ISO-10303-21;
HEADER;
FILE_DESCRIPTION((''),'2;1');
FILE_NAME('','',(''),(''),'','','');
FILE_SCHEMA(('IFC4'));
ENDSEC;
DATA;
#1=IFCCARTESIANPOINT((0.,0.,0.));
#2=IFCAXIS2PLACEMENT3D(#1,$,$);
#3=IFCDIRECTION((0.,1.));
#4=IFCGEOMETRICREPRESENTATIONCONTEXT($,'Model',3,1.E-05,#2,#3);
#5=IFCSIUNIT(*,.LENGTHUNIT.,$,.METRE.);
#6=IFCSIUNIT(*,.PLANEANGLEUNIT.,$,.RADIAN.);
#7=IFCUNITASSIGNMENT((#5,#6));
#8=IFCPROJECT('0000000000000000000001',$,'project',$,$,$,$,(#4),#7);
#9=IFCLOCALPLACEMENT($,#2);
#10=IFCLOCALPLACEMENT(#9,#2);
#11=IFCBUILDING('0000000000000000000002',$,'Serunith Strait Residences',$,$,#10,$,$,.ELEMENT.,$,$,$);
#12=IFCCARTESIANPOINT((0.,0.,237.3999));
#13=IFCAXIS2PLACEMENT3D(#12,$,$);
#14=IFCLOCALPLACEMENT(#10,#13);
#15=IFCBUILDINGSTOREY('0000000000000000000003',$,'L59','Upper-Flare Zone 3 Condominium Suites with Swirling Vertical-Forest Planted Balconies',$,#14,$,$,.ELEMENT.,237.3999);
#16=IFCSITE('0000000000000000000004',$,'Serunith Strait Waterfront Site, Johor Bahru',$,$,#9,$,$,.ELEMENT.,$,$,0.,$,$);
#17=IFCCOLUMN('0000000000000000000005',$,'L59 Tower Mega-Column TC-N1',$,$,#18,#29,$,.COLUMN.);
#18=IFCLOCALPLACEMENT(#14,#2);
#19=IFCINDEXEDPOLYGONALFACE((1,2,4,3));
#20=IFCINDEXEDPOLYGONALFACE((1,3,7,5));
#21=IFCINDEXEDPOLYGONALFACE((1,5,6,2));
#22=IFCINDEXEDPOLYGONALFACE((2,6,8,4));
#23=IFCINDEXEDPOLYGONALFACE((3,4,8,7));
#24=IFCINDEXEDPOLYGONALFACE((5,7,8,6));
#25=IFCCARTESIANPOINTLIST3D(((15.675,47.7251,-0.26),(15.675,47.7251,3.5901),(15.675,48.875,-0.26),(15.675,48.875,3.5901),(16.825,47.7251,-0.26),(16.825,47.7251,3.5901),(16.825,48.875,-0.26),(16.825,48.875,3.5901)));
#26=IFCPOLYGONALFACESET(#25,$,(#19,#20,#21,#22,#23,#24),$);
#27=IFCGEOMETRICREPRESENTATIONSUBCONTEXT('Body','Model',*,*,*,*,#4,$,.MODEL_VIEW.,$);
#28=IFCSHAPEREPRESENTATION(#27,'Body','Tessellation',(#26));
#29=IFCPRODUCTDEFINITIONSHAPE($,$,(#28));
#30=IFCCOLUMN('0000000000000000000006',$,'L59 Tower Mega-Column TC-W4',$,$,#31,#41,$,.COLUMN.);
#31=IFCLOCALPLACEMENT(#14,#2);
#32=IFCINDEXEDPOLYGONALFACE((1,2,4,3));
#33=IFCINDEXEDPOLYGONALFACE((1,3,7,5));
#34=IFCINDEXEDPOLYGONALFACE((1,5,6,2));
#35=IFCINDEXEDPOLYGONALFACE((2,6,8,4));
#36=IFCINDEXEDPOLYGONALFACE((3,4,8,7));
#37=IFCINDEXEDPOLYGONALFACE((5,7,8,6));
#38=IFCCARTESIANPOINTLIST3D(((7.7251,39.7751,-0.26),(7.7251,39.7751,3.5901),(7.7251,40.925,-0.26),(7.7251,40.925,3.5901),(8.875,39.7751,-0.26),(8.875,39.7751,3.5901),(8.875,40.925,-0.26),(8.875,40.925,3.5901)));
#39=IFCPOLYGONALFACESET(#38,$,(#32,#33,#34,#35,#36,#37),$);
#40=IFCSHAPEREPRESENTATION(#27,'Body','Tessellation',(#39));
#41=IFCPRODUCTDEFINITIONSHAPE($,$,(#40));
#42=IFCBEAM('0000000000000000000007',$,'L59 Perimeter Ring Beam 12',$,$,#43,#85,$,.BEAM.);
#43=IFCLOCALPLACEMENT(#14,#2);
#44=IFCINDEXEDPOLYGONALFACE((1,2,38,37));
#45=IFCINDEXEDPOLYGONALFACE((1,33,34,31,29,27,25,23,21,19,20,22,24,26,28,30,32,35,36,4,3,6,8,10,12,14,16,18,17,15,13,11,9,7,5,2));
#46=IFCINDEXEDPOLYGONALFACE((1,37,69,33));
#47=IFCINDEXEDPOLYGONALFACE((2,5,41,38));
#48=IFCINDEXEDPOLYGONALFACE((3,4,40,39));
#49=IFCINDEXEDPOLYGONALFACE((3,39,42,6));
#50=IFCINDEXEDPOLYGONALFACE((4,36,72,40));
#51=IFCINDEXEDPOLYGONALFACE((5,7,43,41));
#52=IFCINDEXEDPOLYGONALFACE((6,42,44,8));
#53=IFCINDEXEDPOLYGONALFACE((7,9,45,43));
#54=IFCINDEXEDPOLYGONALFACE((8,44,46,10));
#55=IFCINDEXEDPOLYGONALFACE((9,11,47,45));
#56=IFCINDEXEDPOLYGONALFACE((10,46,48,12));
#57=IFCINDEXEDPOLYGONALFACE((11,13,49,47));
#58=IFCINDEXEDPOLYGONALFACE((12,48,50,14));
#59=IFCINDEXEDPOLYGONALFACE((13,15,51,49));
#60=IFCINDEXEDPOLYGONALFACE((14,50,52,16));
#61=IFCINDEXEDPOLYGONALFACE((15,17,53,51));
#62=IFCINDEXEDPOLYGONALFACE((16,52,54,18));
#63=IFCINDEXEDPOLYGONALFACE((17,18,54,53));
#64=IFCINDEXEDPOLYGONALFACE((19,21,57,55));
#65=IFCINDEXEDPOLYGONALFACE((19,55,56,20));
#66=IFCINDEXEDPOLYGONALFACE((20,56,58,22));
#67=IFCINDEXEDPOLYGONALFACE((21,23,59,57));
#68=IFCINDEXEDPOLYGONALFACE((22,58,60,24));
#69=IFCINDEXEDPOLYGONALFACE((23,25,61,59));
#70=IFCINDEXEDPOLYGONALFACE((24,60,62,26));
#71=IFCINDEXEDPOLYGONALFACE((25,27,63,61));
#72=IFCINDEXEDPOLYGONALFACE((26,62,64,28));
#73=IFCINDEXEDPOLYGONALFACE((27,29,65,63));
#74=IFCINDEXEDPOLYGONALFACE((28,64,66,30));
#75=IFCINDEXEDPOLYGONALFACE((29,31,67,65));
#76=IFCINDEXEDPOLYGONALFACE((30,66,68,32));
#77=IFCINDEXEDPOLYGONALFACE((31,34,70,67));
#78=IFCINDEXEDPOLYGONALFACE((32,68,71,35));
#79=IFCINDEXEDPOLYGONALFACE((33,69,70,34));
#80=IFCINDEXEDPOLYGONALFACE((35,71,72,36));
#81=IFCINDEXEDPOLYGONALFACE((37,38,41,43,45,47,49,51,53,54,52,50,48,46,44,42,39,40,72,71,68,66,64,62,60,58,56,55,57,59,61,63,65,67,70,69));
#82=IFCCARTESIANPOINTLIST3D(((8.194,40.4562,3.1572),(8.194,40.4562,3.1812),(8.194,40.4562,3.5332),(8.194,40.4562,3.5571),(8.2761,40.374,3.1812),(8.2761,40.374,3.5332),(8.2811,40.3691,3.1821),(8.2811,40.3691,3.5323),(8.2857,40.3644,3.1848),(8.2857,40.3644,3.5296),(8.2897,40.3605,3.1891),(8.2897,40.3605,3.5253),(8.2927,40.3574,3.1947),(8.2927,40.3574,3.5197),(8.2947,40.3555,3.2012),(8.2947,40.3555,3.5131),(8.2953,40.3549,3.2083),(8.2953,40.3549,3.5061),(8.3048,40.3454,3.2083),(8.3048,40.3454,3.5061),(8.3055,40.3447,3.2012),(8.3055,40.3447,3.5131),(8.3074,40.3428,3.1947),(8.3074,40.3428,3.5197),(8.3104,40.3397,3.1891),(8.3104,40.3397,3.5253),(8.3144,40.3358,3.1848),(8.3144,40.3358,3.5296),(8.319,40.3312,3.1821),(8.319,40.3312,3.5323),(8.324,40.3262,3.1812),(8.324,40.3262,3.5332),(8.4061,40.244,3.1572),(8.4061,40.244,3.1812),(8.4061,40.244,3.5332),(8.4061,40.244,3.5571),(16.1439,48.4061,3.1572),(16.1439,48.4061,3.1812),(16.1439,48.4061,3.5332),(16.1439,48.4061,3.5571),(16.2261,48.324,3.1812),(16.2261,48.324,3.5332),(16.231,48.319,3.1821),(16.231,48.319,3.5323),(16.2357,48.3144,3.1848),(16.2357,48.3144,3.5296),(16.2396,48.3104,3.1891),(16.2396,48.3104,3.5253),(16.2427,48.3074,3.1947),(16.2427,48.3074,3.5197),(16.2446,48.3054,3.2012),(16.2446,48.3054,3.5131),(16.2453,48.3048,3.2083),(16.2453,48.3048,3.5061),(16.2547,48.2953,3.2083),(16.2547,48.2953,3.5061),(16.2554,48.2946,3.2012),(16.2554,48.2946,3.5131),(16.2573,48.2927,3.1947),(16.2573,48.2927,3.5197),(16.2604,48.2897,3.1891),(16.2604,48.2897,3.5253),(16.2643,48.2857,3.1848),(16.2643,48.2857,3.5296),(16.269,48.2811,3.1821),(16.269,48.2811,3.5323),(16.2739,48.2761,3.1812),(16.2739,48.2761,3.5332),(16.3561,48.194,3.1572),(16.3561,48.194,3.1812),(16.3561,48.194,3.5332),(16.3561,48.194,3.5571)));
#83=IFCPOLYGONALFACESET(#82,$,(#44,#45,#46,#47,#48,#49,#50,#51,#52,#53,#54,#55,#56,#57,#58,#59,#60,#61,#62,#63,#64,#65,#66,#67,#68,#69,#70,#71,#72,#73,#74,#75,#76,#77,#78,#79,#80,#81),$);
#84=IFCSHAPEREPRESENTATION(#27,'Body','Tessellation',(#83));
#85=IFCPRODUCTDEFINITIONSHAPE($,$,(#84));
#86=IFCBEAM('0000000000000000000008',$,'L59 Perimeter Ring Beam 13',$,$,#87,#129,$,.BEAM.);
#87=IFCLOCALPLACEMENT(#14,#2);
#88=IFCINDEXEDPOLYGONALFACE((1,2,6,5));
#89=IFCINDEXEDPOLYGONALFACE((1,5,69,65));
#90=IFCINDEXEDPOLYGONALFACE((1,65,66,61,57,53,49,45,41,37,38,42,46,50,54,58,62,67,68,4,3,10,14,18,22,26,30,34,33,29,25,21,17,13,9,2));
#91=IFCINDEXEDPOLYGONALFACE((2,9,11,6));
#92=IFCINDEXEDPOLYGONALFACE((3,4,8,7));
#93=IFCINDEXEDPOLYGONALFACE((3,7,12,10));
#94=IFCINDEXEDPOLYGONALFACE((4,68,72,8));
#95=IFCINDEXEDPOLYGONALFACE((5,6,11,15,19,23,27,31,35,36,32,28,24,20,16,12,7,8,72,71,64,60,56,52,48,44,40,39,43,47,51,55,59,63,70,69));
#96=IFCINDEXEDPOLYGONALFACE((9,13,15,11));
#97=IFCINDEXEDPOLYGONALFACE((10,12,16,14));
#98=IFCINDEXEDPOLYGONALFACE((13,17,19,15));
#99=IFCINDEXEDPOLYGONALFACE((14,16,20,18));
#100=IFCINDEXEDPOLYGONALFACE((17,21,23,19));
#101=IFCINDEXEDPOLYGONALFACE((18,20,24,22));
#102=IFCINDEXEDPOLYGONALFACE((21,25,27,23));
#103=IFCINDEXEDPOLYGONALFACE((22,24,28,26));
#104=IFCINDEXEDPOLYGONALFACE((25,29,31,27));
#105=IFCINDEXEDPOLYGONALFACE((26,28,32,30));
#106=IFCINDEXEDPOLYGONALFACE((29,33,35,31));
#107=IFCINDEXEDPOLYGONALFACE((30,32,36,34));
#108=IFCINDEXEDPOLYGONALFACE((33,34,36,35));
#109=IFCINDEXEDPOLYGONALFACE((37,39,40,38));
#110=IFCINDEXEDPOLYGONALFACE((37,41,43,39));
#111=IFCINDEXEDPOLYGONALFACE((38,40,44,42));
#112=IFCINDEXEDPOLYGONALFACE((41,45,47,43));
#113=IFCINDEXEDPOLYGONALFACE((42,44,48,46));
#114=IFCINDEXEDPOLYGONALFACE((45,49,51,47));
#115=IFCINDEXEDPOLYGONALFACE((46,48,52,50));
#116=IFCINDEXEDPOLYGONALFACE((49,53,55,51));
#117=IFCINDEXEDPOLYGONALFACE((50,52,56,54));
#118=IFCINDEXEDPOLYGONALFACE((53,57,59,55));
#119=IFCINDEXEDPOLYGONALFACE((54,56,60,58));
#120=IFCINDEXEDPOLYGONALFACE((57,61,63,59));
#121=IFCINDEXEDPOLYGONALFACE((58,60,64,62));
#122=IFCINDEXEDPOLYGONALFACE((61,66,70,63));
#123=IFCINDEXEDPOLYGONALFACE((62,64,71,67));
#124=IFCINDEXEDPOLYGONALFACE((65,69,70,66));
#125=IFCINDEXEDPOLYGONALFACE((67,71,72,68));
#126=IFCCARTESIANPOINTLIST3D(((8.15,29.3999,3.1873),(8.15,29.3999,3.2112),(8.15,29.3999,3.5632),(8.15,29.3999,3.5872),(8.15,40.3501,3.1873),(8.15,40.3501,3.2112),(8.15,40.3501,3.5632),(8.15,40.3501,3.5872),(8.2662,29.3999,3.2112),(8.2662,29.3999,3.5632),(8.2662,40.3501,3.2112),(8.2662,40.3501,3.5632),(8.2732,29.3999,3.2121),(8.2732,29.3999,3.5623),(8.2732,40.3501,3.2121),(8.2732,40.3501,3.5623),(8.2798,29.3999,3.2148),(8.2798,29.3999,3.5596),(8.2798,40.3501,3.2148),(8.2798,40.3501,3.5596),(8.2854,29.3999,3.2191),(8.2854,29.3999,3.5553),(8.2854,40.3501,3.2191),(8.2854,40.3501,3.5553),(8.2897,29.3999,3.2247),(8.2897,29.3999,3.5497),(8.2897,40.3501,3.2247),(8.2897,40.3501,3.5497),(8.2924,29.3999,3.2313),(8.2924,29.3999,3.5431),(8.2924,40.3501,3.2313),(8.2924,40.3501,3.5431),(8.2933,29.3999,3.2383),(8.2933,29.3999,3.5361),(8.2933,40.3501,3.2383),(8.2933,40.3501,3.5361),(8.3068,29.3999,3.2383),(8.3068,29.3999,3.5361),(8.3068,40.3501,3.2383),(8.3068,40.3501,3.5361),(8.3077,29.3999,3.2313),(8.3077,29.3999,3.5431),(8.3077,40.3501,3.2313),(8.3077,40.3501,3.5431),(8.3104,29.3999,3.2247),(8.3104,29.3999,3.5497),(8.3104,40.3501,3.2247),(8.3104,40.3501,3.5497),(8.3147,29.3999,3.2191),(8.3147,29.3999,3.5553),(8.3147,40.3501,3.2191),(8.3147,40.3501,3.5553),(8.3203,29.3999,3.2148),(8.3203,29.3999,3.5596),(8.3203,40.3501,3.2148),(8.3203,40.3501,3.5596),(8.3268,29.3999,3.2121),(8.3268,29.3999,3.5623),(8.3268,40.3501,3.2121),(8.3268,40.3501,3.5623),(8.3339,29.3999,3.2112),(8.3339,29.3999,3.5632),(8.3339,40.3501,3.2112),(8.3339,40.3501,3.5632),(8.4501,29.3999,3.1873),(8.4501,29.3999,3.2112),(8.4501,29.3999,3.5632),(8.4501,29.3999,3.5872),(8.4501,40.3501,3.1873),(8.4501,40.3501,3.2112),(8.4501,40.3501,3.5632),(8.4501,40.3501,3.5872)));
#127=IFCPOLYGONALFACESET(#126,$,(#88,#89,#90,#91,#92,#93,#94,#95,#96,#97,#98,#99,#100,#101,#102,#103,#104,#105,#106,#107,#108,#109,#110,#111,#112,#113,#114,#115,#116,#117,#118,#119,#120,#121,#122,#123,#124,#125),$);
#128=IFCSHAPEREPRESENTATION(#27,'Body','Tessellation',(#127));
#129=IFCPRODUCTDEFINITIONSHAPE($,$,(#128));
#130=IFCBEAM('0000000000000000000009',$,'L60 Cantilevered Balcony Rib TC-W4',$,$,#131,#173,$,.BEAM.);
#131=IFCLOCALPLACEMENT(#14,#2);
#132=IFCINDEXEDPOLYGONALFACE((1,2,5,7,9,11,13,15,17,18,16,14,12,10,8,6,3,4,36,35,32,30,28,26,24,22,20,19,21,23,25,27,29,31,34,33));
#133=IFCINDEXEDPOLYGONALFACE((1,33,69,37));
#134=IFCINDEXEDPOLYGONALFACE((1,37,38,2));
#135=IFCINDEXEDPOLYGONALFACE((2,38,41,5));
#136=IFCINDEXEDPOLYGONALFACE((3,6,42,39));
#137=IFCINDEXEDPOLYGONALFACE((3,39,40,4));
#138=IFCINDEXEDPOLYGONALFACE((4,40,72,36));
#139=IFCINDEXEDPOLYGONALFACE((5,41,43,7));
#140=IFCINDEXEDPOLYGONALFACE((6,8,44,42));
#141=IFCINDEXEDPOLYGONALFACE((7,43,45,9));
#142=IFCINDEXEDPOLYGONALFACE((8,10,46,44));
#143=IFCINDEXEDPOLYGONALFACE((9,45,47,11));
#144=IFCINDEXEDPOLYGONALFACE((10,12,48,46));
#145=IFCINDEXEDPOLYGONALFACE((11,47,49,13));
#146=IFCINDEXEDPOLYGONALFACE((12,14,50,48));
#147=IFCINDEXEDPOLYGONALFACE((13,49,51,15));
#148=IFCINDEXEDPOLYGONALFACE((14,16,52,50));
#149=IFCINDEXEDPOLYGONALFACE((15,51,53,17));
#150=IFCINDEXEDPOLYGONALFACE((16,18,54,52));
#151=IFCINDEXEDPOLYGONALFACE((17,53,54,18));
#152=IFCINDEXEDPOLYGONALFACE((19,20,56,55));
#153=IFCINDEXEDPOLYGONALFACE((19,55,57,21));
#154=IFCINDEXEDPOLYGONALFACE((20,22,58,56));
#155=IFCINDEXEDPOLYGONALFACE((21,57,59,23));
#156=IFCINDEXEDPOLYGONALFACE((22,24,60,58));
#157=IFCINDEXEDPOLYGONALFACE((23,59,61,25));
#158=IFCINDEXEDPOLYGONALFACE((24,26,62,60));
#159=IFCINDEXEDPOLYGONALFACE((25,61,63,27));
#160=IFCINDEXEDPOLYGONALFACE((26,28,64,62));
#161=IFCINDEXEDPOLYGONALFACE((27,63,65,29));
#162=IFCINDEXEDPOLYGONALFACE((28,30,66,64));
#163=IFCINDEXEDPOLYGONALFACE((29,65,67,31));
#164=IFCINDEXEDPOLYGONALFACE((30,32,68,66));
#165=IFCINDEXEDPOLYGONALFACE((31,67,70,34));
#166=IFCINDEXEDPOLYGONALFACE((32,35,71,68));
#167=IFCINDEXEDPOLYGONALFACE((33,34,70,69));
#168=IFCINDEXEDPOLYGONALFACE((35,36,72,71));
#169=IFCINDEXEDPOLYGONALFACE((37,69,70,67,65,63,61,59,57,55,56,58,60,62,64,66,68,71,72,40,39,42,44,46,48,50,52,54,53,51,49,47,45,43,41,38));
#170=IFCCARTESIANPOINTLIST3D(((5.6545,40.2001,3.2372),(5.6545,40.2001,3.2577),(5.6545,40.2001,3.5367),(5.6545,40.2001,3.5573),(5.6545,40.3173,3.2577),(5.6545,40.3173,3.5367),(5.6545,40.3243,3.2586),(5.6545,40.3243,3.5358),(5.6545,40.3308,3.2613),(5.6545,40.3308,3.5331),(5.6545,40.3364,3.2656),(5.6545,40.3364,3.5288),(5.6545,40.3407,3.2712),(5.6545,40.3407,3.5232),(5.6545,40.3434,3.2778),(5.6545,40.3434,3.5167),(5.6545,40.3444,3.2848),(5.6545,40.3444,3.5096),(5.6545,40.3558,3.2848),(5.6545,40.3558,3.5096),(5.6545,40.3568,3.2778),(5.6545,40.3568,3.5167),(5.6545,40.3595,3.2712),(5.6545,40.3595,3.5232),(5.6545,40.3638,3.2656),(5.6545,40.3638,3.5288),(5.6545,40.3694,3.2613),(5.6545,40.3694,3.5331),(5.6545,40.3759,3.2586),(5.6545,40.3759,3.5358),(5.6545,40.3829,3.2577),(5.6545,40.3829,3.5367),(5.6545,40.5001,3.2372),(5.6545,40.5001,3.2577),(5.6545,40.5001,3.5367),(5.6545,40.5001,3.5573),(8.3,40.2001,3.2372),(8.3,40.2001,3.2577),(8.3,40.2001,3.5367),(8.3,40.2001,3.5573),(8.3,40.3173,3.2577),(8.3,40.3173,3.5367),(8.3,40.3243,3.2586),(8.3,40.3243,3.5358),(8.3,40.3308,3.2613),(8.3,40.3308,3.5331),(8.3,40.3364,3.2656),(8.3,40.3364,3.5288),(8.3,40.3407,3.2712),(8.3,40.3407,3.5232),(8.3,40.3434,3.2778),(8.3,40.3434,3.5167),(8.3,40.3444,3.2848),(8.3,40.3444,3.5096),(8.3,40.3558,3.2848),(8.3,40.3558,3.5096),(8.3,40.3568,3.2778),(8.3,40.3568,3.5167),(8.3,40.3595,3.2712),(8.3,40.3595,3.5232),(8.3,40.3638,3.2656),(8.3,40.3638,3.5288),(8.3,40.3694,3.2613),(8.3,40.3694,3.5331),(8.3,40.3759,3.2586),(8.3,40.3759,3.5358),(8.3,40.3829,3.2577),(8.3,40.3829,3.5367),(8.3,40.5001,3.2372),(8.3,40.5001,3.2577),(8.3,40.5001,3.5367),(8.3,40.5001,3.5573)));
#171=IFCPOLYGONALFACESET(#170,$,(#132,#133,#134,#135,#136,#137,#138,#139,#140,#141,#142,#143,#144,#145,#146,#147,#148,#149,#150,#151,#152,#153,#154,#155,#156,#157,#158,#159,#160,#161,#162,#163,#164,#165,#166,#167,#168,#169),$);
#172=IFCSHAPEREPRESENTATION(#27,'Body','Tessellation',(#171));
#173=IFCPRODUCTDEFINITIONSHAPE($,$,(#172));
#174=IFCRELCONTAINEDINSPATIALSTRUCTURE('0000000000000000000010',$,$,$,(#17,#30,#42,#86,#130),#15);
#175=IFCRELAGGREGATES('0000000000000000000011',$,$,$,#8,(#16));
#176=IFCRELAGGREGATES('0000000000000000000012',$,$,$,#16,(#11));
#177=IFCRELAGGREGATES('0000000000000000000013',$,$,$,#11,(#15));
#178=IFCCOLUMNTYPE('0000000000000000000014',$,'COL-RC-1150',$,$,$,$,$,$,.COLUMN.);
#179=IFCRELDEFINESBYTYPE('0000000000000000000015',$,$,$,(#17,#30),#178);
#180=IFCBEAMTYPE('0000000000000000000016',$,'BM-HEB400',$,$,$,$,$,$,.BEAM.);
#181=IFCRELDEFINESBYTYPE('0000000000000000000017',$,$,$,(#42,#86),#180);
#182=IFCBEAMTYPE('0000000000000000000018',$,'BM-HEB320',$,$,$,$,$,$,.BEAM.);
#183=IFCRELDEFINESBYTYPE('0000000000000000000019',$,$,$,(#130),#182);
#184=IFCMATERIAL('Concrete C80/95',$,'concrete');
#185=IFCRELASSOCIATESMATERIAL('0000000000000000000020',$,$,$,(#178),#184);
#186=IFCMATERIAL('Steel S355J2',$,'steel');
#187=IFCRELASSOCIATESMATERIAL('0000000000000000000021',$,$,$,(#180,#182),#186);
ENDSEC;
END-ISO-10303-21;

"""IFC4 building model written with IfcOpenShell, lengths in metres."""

from ifc_helpers import new_model, si_unit, direction, frame, origin, origin_2d, place, context, subcontext, project, spatial, rectangle, i_section, extrude, source, transform, mapped, material, material_profile, profile_set, type_object, element, save


model = new_model("IFC4")

# Units and contexts
model_context = context("Model", 3, precision=1e-05, world=origin(), true_north=direction((0.0, 1.0)))
body_context = subcontext(model_context, "Body", "Model", "MODEL_VIEW")
ifc_project = project(units=[si_unit("LENGTHUNIT", "METRE"), si_unit("PLANEANGLEUNIT", "RADIAN")], contexts=[model_context])

# Site, building, storey
site_placement = place(None, origin())
site = spatial("IfcSite", under=ifc_project, at=site_placement, Name="Serunith Strait Waterfront Site, Johor Bahru", CompositionType="ELEMENT", RefElevation=0.0)
building_placement = place(site_placement, origin())
building = spatial("IfcBuilding", under=site, at=building_placement, Name="Serunith Strait Residences", CompositionType="ELEMENT")
storey_placement = place(building_placement, frame((0.0, 0.0, 237.3999)))
storey = spatial("IfcBuildingStorey", under=building, at=storey_placement, Name="L59", Description="Upper-Flare Zone 3 Condominium Suites with Swirling Vertical-Forest Planted Balconies", CompositionType="ELEMENT", Elevation=237.3999)

# Columns
ifc_material_1 = material(Name="Concrete C80/95", Category="concrete")
ifc_material_profile_1 = material_profile(ifc_material_1, rectangle(XDim=1.1499, YDim=1.1499, at=origin_2d()), Name="RC 1150x1150")
ifc_profile_set_1 = profile_set([ifc_material_profile_1], Name="Concrete C80/95")
column_type = type_object("IfcColumnType", Name="COL-RC-1150", PredefinedType="COLUMN", material=ifc_profile_set_1)
shared_shape_1 = source(origin(), body_context, "Body", "SweptSolid", [
    extrude(rectangle(XDim=1.1499, YDim=1.1499, at=origin_2d()), origin(), (0.0, 0.0, 1.0), 3.8501),
])
for number, where, z_axis, x_axis, name in (
    (1, (16.25, 48.3, -0.26), (0.0, 0.0, 1.0), (1.0, 0.0, 0.0), "L59 Tower Mega-Column TC-N1"),
    (2, (8.3, 40.3501, -0.26), (0.0, 0.0, 1.0), (1.0, 0.0, 0.0), "L59 Tower Mega-Column TC-W4"),
):
    element("IfcColumn", number, at=place(storey_placement, frame(where, z_axis=z_axis, x_axis=x_axis)), inside=storey, type_object=column_type, Name=name, PredefinedType="COLUMN", context=body_context, shape_type="MappedRepresentation", body=[
        mapped(shared_shape_1, transform((0.0, 0.0, 0.0), scale=1.0)),
    ])

# Beams
ifc_material_2 = material(Name="Steel S355J2", Category="steel")
ifc_material_profile_2 = material_profile(ifc_material_2, i_section(OverallWidth=0.3, OverallDepth=0.3999, WebThickness=0.0134, FlangeThickness=0.0239, FilletRadius=0.0271, at=origin_2d()), Name="HEB 400")
ifc_profile_set_2 = profile_set([ifc_material_profile_2], Name="Steel S355J2")
beam_type_1 = type_object("IfcBeamType", Name="BM-HEB400", PredefinedType="BEAM", material=ifc_profile_set_2)
shared_shape_2 = source(origin(), body_context, "Body", "SweptSolid", [
    extrude(i_section(OverallWidth=0.3, OverallDepth=0.3999, WebThickness=0.0134, FlangeThickness=0.0239, FilletRadius=0.0271, at=origin_2d()), origin(), (0.0, 0.0, 1.0), 11.2429),
])
beam_1_placement = place(storey_placement, frame((16.25, 48.3, 3.3572), z_axis=(-0.707107, -0.707107, 0.0), x_axis=(0.707107, -0.707107, 0.0)))
element("IfcBeam", 3, at=beam_1_placement, inside=storey, type_object=beam_type_1, Name="L59 Perimeter Ring Beam 12", PredefinedType="BEAM", context=body_context, shape_type="MappedRepresentation", body=[
    mapped(shared_shape_2, transform((0.0, 0.0, 0.0), scale=1.0)),
])
shared_shape_3 = source(origin(), body_context, "Body", "SweptSolid", [
    extrude(i_section(OverallWidth=0.3, OverallDepth=0.3999, WebThickness=0.0134, FlangeThickness=0.0239, FilletRadius=0.0271, at=origin_2d()), origin(), (0.0, 0.0, 1.0), 10.9502),
])
beam_2_placement = place(storey_placement, frame((8.3, 40.3501, 3.3872), z_axis=(0.0, -1.0, 0.0), x_axis=(1.0, 0.0, 0.0)))
element("IfcBeam", 4, at=beam_2_placement, inside=storey, type_object=beam_type_1, Name="L59 Perimeter Ring Beam 13", PredefinedType="BEAM", context=body_context, shape_type="MappedRepresentation", body=[
    mapped(shared_shape_3, transform((0.0, 0.0, 0.0), scale=1.0)),
])
ifc_material_profile_3 = material_profile(ifc_material_2, i_section(OverallWidth=0.3, OverallDepth=0.3201, WebThickness=0.0115, FlangeThickness=0.0205, FilletRadius=0.0271, at=origin_2d()), Name="HEB 320")
ifc_profile_set_3 = profile_set([ifc_material_profile_3], Name="Steel S355J2")
beam_type_2 = type_object("IfcBeamType", Name="BM-HEB320", PredefinedType="BEAM", material=ifc_profile_set_3)
shared_shape_4 = source(origin(), body_context, "Body", "SweptSolid", [
    extrude(i_section(OverallWidth=0.3, OverallDepth=0.3201, WebThickness=0.0115, FlangeThickness=0.0205, FilletRadius=0.0271, at=origin_2d()), origin(), (0.0, 0.0, 1.0), 2.6455),
])
beam_3_placement = place(storey_placement, frame((8.3, 40.3501, 3.3972), z_axis=(-1.0, 0.0, 0.0), x_axis=(0.0, -1.0, 0.0)))
element("IfcBeam", 5, at=beam_3_placement, inside=storey, type_object=beam_type_2, Name="L60 Cantilevered Balcony Rib TC-W4", PredefinedType="BEAM", context=body_context, shape_type="MappedRepresentation", body=[
    mapped(shared_shape_4, transform((0.0, 0.0, 0.0), scale=1.0)),
])

save(model, "model.ifc")
